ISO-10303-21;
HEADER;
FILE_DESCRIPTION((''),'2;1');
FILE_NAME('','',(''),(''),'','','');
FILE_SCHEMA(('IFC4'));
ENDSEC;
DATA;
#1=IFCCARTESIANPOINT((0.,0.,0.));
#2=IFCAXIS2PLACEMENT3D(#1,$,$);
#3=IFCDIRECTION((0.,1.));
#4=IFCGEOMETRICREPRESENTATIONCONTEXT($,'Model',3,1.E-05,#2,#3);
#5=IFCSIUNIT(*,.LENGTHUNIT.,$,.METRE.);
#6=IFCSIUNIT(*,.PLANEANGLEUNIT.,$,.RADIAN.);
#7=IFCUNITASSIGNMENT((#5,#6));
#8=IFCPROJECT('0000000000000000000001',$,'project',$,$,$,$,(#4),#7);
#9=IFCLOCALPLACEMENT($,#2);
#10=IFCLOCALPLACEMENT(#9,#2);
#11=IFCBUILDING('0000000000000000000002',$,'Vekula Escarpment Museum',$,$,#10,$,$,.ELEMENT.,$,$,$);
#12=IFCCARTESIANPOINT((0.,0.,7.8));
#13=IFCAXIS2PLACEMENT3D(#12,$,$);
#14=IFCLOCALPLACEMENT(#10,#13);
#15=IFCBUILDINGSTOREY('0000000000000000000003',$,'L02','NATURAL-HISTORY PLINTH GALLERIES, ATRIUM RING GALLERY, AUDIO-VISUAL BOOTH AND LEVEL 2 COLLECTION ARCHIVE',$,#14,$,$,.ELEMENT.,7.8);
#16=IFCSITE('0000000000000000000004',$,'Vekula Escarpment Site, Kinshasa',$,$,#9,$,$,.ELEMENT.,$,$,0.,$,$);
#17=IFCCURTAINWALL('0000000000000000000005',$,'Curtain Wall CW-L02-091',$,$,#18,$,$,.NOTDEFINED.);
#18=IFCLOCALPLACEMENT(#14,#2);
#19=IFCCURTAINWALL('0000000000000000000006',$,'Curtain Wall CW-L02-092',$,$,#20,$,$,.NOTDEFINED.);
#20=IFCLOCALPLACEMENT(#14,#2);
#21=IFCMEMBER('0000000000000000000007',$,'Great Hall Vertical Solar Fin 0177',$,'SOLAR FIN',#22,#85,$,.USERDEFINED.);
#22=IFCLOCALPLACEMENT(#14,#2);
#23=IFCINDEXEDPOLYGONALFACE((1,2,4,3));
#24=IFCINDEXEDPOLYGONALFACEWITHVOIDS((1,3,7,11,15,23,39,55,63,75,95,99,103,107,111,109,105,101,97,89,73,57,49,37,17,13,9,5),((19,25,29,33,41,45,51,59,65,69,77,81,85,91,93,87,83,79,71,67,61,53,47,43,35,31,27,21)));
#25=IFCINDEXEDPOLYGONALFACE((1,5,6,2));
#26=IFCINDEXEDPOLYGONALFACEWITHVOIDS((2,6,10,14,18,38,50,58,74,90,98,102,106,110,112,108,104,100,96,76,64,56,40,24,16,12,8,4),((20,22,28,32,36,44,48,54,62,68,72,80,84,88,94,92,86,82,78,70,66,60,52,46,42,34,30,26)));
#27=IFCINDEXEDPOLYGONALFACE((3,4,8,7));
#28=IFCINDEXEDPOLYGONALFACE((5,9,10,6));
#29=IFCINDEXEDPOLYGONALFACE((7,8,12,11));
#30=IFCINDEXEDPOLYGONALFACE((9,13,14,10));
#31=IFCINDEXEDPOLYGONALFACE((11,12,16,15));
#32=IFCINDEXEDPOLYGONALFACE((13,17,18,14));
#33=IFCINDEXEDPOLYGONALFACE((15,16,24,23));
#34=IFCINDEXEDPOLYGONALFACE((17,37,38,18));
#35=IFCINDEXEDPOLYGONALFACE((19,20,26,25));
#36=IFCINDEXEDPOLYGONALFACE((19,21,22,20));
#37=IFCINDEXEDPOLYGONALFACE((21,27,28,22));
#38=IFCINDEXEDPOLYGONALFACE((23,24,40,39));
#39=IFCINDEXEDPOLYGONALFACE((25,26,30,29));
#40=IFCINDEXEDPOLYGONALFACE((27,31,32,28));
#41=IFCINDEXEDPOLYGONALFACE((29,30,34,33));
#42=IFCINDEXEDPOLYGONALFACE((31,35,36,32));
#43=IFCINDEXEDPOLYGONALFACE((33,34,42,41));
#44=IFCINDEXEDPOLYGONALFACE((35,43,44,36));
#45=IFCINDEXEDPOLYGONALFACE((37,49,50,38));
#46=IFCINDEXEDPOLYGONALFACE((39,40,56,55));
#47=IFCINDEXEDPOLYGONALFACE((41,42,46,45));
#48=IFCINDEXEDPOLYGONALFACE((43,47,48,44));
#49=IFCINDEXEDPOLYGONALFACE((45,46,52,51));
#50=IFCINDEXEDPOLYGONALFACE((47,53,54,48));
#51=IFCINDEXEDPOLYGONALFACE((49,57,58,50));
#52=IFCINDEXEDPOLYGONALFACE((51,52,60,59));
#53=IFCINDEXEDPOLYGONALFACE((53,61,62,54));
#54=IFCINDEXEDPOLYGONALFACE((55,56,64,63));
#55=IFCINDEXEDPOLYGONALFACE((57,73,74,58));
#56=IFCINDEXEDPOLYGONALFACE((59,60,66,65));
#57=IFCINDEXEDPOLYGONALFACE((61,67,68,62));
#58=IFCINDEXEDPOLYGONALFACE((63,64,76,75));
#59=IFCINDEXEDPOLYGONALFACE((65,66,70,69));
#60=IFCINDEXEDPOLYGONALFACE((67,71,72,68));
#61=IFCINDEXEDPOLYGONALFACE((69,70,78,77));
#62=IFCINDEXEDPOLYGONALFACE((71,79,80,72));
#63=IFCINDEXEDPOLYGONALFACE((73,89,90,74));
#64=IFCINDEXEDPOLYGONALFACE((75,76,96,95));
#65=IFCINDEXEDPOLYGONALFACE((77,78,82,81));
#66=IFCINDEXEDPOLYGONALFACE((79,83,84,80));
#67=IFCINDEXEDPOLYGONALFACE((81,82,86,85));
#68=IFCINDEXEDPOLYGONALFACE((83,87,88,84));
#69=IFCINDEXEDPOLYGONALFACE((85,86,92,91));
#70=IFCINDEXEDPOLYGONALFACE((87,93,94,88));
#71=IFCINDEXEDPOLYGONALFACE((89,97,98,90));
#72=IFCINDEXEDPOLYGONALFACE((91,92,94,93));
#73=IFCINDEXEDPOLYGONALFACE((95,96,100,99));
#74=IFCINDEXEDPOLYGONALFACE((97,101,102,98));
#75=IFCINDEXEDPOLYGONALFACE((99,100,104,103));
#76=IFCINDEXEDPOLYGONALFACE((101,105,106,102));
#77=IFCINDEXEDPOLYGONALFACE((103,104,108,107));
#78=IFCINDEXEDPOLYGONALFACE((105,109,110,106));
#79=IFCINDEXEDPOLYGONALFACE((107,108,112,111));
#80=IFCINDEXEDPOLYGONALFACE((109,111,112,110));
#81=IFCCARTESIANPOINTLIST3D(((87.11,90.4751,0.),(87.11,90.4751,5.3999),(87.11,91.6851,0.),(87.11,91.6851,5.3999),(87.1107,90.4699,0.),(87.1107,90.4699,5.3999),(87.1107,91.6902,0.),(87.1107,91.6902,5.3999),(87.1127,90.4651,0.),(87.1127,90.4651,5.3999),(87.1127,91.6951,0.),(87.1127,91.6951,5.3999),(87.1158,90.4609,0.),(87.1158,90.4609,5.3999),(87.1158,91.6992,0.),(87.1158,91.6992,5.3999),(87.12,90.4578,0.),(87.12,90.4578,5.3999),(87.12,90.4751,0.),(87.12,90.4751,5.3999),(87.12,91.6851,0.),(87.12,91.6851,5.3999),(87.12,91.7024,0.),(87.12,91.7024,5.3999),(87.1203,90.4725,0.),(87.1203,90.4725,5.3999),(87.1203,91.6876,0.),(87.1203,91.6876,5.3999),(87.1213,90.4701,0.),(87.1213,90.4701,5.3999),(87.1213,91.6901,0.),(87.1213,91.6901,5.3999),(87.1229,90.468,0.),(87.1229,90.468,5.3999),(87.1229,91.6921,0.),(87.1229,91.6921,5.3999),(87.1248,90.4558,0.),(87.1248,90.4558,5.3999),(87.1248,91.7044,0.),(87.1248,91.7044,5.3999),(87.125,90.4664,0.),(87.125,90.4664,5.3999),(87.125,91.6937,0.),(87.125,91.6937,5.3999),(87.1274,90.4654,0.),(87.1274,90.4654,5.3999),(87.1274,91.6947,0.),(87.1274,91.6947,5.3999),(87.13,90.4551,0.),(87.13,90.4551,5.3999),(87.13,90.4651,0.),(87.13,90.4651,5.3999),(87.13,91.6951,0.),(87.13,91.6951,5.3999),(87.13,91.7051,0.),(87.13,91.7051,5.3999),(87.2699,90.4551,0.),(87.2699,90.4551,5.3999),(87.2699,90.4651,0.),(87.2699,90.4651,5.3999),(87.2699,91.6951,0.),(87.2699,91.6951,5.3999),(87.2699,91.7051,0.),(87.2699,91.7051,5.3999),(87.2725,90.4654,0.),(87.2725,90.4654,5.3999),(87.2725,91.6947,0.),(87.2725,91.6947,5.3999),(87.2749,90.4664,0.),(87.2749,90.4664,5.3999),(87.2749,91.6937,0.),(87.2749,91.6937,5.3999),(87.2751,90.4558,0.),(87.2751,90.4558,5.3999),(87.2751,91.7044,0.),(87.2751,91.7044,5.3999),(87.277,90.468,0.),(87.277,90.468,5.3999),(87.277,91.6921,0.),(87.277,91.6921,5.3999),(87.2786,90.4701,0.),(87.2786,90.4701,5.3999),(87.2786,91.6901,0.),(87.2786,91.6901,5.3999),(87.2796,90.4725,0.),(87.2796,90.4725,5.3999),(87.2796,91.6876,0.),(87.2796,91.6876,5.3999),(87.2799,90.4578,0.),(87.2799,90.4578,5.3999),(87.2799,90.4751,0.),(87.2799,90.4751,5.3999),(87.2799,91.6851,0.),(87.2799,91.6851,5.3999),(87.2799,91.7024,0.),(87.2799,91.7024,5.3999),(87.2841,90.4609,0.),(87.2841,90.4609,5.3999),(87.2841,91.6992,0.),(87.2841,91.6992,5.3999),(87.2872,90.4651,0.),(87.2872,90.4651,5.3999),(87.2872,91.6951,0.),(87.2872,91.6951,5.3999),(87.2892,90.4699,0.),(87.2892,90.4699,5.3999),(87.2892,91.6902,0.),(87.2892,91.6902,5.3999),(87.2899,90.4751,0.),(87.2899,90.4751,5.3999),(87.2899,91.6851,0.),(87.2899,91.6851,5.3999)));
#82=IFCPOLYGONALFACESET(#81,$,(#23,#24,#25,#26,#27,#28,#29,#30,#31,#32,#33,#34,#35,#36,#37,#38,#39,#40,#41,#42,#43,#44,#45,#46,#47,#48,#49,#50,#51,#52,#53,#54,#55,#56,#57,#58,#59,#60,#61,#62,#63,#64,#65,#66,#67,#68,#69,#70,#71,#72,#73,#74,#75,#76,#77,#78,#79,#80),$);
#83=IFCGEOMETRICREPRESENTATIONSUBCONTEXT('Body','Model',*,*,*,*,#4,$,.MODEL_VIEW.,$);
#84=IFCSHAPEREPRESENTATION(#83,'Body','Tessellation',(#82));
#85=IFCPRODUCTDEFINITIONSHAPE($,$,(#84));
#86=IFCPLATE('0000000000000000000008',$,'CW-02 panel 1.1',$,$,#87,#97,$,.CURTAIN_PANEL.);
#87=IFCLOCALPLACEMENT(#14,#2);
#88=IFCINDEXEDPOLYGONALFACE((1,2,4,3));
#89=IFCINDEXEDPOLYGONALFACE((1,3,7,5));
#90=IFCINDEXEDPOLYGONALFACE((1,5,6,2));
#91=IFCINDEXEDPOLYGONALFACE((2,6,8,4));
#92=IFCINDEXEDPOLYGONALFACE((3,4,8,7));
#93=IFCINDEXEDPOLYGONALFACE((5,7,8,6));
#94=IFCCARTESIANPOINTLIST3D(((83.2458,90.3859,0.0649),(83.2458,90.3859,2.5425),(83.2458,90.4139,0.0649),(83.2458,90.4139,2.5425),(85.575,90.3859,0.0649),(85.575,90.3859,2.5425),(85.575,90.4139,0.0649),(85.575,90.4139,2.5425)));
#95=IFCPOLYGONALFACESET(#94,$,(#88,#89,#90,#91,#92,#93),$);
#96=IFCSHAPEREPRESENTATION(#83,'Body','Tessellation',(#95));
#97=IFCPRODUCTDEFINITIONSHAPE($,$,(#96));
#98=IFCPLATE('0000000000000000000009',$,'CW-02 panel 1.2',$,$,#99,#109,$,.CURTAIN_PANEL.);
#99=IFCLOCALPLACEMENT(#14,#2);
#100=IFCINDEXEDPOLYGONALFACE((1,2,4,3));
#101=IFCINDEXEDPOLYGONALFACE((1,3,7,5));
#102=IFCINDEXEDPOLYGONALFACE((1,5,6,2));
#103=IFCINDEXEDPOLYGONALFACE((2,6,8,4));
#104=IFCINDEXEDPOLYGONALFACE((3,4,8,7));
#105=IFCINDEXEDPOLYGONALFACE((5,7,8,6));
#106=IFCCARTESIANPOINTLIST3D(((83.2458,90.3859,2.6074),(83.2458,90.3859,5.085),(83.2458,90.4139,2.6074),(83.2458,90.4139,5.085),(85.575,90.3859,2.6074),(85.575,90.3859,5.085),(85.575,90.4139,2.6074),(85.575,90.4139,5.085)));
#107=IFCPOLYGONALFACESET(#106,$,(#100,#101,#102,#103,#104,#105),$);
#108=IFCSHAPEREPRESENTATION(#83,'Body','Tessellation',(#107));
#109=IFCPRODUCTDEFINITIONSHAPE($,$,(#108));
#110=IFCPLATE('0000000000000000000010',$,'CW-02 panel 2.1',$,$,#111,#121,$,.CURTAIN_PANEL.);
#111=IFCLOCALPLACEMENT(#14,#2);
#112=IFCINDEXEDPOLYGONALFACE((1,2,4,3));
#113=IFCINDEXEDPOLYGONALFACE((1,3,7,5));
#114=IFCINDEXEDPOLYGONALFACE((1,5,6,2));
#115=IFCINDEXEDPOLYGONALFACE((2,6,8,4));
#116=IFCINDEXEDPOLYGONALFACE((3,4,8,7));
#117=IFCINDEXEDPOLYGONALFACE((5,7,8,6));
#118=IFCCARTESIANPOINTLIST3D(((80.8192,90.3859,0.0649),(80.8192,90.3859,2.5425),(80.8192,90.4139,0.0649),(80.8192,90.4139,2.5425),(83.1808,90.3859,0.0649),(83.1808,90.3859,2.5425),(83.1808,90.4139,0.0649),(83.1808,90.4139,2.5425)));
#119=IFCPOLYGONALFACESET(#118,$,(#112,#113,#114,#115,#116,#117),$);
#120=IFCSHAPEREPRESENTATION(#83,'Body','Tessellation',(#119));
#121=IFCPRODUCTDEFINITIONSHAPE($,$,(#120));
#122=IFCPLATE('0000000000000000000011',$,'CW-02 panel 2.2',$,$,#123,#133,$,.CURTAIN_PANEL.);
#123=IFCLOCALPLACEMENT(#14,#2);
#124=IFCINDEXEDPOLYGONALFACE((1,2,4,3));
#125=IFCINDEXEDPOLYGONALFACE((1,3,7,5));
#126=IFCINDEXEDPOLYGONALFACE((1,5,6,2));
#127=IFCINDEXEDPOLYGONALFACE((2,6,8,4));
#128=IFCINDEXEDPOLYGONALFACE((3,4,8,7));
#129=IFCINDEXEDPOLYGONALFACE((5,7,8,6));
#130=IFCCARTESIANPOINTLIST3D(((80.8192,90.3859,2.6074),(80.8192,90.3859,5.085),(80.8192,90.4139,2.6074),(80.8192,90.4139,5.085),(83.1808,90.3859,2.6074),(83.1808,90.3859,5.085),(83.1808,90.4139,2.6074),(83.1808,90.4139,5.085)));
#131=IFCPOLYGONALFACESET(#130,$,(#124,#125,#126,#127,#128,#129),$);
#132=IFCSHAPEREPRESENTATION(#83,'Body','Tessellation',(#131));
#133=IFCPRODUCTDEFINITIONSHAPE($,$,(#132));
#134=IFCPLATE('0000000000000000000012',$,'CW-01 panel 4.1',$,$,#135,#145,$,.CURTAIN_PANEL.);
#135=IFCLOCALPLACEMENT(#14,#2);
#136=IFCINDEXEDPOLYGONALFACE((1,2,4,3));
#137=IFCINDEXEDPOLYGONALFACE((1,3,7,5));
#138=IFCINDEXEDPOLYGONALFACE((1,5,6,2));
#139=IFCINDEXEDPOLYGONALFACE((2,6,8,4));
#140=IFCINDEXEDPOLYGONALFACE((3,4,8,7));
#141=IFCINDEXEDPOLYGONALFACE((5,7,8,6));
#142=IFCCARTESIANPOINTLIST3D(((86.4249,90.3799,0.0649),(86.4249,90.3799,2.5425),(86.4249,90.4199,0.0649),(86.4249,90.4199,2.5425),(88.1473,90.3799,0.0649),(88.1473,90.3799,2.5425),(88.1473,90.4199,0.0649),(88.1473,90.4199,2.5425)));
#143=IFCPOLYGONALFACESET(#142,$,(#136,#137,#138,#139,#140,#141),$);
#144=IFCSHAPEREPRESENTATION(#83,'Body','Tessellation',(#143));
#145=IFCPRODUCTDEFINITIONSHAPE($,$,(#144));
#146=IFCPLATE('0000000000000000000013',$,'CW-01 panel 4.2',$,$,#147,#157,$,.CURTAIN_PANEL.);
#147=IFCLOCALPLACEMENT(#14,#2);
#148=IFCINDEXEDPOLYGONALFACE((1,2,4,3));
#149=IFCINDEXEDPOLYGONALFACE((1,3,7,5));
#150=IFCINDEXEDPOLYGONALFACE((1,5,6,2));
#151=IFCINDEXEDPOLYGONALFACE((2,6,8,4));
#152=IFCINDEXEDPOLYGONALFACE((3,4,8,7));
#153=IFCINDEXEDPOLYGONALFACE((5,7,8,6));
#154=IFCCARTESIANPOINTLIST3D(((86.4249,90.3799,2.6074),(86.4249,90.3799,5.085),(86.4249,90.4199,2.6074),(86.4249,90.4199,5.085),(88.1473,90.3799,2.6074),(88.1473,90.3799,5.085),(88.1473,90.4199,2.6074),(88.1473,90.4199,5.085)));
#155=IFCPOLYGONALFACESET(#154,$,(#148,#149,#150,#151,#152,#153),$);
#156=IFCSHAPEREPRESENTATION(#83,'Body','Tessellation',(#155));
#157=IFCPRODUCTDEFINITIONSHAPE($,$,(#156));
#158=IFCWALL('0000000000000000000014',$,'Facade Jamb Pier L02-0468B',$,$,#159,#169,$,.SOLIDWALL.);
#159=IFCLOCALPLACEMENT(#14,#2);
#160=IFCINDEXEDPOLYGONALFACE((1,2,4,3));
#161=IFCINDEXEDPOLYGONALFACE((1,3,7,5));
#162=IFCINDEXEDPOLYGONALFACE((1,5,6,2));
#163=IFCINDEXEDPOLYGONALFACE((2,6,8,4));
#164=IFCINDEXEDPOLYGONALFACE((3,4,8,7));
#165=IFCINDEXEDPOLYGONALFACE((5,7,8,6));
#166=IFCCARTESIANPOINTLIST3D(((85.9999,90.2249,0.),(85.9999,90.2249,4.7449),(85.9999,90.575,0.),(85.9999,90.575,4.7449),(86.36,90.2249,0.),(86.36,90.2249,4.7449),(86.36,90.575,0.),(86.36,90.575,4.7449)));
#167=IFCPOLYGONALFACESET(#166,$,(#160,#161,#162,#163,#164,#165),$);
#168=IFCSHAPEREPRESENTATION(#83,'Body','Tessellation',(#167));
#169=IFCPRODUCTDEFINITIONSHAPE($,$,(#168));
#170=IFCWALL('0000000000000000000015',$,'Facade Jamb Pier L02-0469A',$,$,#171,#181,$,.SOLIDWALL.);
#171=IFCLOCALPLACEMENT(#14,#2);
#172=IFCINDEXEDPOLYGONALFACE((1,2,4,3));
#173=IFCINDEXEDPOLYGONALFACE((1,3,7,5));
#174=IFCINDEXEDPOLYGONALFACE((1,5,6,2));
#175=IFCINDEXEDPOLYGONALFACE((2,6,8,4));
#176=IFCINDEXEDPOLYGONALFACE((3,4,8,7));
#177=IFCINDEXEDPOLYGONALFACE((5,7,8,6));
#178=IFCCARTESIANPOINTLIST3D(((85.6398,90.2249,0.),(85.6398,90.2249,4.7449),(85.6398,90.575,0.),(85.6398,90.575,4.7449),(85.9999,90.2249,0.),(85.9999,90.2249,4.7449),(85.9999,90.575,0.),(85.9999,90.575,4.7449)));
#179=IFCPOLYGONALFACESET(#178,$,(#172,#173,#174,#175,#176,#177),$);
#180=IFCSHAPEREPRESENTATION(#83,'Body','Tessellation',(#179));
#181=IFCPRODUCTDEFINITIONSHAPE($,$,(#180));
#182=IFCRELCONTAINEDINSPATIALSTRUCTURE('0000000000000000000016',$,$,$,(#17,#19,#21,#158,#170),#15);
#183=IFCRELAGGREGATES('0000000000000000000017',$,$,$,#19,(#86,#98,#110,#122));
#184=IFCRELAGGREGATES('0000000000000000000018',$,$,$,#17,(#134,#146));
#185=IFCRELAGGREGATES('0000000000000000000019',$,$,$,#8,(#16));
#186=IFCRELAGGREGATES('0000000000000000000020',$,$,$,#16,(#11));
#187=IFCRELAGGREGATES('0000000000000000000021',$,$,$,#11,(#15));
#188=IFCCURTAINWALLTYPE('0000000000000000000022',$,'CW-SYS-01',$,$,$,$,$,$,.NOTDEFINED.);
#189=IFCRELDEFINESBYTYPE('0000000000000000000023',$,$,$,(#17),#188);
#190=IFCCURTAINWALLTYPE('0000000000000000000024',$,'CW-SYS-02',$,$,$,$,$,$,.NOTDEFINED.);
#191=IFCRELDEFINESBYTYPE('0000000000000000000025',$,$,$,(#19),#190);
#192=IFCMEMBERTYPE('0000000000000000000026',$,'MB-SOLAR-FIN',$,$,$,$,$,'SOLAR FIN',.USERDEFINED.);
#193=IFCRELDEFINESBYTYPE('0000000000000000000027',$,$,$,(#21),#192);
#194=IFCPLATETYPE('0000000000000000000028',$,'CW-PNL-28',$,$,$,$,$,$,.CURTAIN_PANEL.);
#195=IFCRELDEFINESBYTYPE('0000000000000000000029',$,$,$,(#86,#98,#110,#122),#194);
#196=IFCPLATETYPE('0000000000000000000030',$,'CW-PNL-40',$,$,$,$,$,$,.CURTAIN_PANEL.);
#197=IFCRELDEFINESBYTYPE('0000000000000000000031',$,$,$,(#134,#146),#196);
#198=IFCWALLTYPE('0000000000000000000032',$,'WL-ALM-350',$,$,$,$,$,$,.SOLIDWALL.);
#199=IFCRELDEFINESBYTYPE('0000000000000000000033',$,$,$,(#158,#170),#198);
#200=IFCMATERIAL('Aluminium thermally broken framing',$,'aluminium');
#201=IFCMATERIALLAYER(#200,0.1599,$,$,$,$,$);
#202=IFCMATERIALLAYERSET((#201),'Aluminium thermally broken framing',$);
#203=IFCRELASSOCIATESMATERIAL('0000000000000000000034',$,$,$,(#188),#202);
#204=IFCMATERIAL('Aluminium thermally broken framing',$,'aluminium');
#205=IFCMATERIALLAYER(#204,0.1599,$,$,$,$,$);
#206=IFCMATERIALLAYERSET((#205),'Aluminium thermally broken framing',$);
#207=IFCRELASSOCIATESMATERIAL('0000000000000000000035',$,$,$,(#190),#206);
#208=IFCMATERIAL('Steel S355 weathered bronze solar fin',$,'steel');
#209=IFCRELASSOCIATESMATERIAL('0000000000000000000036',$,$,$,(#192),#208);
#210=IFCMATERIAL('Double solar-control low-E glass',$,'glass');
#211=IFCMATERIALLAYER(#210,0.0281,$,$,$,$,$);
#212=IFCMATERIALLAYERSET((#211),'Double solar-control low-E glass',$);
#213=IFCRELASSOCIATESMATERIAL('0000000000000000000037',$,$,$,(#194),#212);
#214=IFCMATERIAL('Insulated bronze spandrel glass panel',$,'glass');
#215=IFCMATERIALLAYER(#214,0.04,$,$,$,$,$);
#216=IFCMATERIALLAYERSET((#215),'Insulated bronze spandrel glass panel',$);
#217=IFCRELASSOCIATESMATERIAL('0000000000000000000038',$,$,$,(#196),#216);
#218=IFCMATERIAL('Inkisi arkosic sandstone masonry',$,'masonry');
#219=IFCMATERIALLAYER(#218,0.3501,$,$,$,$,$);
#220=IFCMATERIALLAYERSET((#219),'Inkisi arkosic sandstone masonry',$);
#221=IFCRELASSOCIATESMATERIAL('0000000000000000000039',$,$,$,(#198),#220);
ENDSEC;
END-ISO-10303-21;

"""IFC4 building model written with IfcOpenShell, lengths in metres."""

from ifc_helpers import new_model, si_unit, direction, frame, frame_2d, origin, origin_2d, place, context, subcontext, project, spatial, rectangle, hollow_rectangle, extrude, material, layer, layer_set, material_profile, profile_set, type_object, element, aggregate, save


model = new_model("IFC4")

# Units and contexts
model_context = context("Model", 3, precision=1e-05, world=origin(), true_north=direction((0.0, 1.0)))
body_context = subcontext(model_context, "Body", "Model", "MODEL_VIEW")
ifc_project = project(units=[si_unit("LENGTHUNIT", "METRE"), si_unit("PLANEANGLEUNIT", "RADIAN")], contexts=[model_context])

# Site, building, storey
site_placement = place(None, origin())
site = spatial("IfcSite", under=ifc_project, at=site_placement, Name="Vekula Escarpment Site, Kinshasa", CompositionType="ELEMENT", RefElevation=0.0)
building_placement = place(site_placement, origin())
building = spatial("IfcBuilding", under=site, at=building_placement, Name="Vekula Escarpment Museum", CompositionType="ELEMENT")
storey_placement = place(building_placement, frame((0.0, 0.0, 7.8)))
storey = spatial("IfcBuildingStorey", under=building, at=storey_placement, Name="L02", Description="NATURAL-HISTORY PLINTH GALLERIES, ATRIUM RING GALLERY, AUDIO-VISUAL BOOTH AND LEVEL 2 COLLECTION ARCHIVE", CompositionType="ELEMENT", Elevation=7.8)

# Curtain wall
ifc_material_1 = material(Name="Aluminium thermally broken framing", Category="aluminium")
ifc_layer_1 = layer(ifc_material_1, 0.1599)
ifc_layer_set_1 = layer_set([ifc_layer_1], Name="Aluminium thermally broken framing")
curtain_wall_type_1 = type_object("IfcCurtainWallType", Name="CW-SYS-01", PredefinedType="NOTDEFINED", material=ifc_layer_set_1)
curtain_wall_1_placement = place(storey_placement, origin())
curtain_wall_1 = element("IfcCurtainWall", 1, at=curtain_wall_1_placement, inside=storey, type_object=curtain_wall_type_1, Name="Curtain Wall CW-L02-091", PredefinedType="NOTDEFINED")

# Curtain wall
ifc_material_2 = material(Name="Aluminium thermally broken framing", Category="aluminium")
ifc_layer_2 = layer(ifc_material_2, 0.1599)
ifc_layer_set_2 = layer_set([ifc_layer_2], Name="Aluminium thermally broken framing")
curtain_wall_type_2 = type_object("IfcCurtainWallType", Name="CW-SYS-02", PredefinedType="NOTDEFINED", material=ifc_layer_set_2)
curtain_wall_2_placement = place(storey_placement, origin())
curtain_wall_2 = element("IfcCurtainWall", 2, at=curtain_wall_2_placement, inside=storey, type_object=curtain_wall_type_2, Name="Curtain Wall CW-L02-092", PredefinedType="NOTDEFINED")

# Member
ifc_material_3 = material(Name="Steel S355 weathered bronze solar fin", Category="steel")
ifc_material_profile_1 = material_profile(ifc_material_3, hollow_rectangle(XDim=0.1799, YDim=1.25, WallThickness=0.01, InnerFilletRadius=0.01, OuterFilletRadius=0.02, at=origin_2d()), Name="RHS 1250x180x10")
ifc_profile_set_1 = profile_set([ifc_material_profile_1], Name="Steel S355 weathered bronze solar fin")
member_type_1 = type_object("IfcMemberType", Name="MB-SOLAR-FIN", ElementType="SOLAR FIN", PredefinedType="USERDEFINED", material=ifc_profile_set_1)
for number, where, z_axis, x_axis, name in (
    (3, (87.2, 91.0801, 0.0), (0.0, 0.0, 1.0), (1.0, 0.0, 0.0), "Great Hall Vertical Solar Fin 0177"),
):
    element("IfcMember", number, at=place(storey_placement, frame(where, z_axis=z_axis, x_axis=x_axis)), inside=storey, type_object=member_type_1, Name=name, ObjectType="SOLAR FIN", PredefinedType="USERDEFINED", context=body_context, shape_type="SweptSolid", body=[
        extrude(hollow_rectangle(XDim=0.1799, YDim=1.25, WallThickness=0.01, InnerFilletRadius=0.01, OuterFilletRadius=0.02, at=origin_2d()), origin(), (0.0, 0.0, 1.0), 5.3999),
    ])

# Plates
ifc_material_4 = material(Name="Double solar-control low-E glass", Category="glass")
ifc_layer_3 = layer(ifc_material_4, 0.0281)
ifc_layer_set_3 = layer_set([ifc_layer_3], Name="Double solar-control low-E glass")
plate_type_1 = type_object("IfcPlateType", Name="CW-PNL-28", PredefinedType="CURTAIN_PANEL", material=ifc_layer_set_3)
plate_1_placement = place(storey_placement, frame((84.4104, 90.3999, 0.0649), z_axis=(0.0, 0.0, 1.0), x_axis=(-1.0, 0.0, 0.0)))
plate_1 = element("IfcPlate", 4, at=plate_1_placement, type_object=plate_type_1, Name="CW-02 panel 1.1", PredefinedType="CURTAIN_PANEL", context=body_context, shape_type="SweptSolid", body=[
    extrude(rectangle(XDim=2.3291, YDim=0.0281, at=origin_2d()), origin(), (0.0, 0.0, 1.0), 2.4775),
])
plate_2_placement = place(storey_placement, frame((84.4104, 90.3999, 2.6074), z_axis=(0.0, 0.0, 1.0), x_axis=(-1.0, 0.0, 0.0)))
plate_2 = element("IfcPlate", 5, at=plate_2_placement, type_object=plate_type_1, Name="CW-02 panel 1.2", PredefinedType="CURTAIN_PANEL", context=body_context, shape_type="SweptSolid", body=[
    extrude(rectangle(XDim=2.3291, YDim=0.0281, at=origin_2d()), origin(), (0.0, 0.0, 1.0), 2.4775),
])
plate_3_placement = place(storey_placement, frame((82.0, 90.3999, 0.0649), z_axis=(0.0, 0.0, 1.0), x_axis=(-1.0, 0.0, 0.0)))
plate_3 = element("IfcPlate", 6, at=plate_3_placement, type_object=plate_type_1, Name="CW-02 panel 2.1", PredefinedType="CURTAIN_PANEL", context=body_context, shape_type="SweptSolid", body=[
    extrude(rectangle(XDim=2.3616, YDim=0.0281, at=origin_2d()), origin(), (0.0, 0.0, 1.0), 2.4775),
])
plate_4_placement = place(storey_placement, frame((82.0, 90.3999, 2.6074), z_axis=(0.0, 0.0, 1.0), x_axis=(-1.0, 0.0, 0.0)))
plate_4 = element("IfcPlate", 7, at=plate_4_placement, type_object=plate_type_1, Name="CW-02 panel 2.2", PredefinedType="CURTAIN_PANEL", context=body_context, shape_type="SweptSolid", body=[
    extrude(rectangle(XDim=2.3616, YDim=0.0281, at=origin_2d()), origin(), (0.0, 0.0, 1.0), 2.4775),
])
aggregate(curtain_wall_2, [plate_1, plate_2, plate_3, plate_4])
ifc_material_5 = material(Name="Insulated bronze spandrel glass panel", Category="glass")
ifc_layer_4 = layer(ifc_material_5, 0.04)
ifc_layer_set_4 = layer_set([ifc_layer_4], Name="Insulated bronze spandrel glass panel")
plate_type_2 = type_object("IfcPlateType", Name="CW-PNL-40", PredefinedType="CURTAIN_PANEL", material=ifc_layer_set_4)
plate_5_placement = place(storey_placement, frame((87.2861, 90.3999, 0.0649), z_axis=(0.0, 0.0, 1.0), x_axis=(-1.0, 0.0, 0.0)))
plate_5 = element("IfcPlate", 8, at=plate_5_placement, type_object=plate_type_2, Name="CW-01 panel 4.1", PredefinedType="CURTAIN_PANEL", context=body_context, shape_type="SweptSolid", body=[
    extrude(rectangle(XDim=1.7224, YDim=0.04, at=origin_2d()), origin(), (0.0, 0.0, 1.0), 2.4775),
])
plate_6_placement = place(storey_placement, frame((87.2861, 90.3999, 2.6074), z_axis=(0.0, 0.0, 1.0), x_axis=(-1.0, 0.0, 0.0)))
plate_6 = element("IfcPlate", 9, at=plate_6_placement, type_object=plate_type_2, Name="CW-01 panel 4.2", PredefinedType="CURTAIN_PANEL", context=body_context, shape_type="SweptSolid", body=[
    extrude(rectangle(XDim=1.7224, YDim=0.04, at=origin_2d()), origin(), (0.0, 0.0, 1.0), 2.4775),
])
aggregate(curtain_wall_1, [plate_5, plate_6])

# Walls
ifc_material_6 = material(Name="Inkisi arkosic sandstone masonry", Category="masonry")
ifc_layer_5 = layer(ifc_material_6, 0.3501)
ifc_layer_set_5 = layer_set([ifc_layer_5], Name="Inkisi arkosic sandstone masonry")
wall_type = type_object("IfcWallType", Name="WL-ALM-350", PredefinedType="SOLIDWALL", material=ifc_layer_set_5)
for number, where, z_axis, x_axis, name in (
    (10, (86.3601, 90.3999, 0.0), (0.0, 0.0, 1.0), (-1.0, 0.0, 0.0), "Facade Jamb Pier L02-0468B"),
    (11, (86.0, 90.3999, 0.0), (0.0, 0.0, 1.0), (-1.0, 0.0, 0.0), "Facade Jamb Pier L02-0469A"),
):
    element("IfcWall", number, at=place(storey_placement, frame(where, z_axis=z_axis, x_axis=x_axis)), inside=storey, type_object=wall_type, Name=name, PredefinedType="SOLIDWALL", context=body_context, shape_type="SweptSolid", body=[
        extrude(rectangle(XDim=0.3601, YDim=0.3501, at=frame_2d((0.1802, 0.0))), origin(), (0.0, 0.0, 1.0), 4.7449),
    ])

save(model, "model.ifc")
